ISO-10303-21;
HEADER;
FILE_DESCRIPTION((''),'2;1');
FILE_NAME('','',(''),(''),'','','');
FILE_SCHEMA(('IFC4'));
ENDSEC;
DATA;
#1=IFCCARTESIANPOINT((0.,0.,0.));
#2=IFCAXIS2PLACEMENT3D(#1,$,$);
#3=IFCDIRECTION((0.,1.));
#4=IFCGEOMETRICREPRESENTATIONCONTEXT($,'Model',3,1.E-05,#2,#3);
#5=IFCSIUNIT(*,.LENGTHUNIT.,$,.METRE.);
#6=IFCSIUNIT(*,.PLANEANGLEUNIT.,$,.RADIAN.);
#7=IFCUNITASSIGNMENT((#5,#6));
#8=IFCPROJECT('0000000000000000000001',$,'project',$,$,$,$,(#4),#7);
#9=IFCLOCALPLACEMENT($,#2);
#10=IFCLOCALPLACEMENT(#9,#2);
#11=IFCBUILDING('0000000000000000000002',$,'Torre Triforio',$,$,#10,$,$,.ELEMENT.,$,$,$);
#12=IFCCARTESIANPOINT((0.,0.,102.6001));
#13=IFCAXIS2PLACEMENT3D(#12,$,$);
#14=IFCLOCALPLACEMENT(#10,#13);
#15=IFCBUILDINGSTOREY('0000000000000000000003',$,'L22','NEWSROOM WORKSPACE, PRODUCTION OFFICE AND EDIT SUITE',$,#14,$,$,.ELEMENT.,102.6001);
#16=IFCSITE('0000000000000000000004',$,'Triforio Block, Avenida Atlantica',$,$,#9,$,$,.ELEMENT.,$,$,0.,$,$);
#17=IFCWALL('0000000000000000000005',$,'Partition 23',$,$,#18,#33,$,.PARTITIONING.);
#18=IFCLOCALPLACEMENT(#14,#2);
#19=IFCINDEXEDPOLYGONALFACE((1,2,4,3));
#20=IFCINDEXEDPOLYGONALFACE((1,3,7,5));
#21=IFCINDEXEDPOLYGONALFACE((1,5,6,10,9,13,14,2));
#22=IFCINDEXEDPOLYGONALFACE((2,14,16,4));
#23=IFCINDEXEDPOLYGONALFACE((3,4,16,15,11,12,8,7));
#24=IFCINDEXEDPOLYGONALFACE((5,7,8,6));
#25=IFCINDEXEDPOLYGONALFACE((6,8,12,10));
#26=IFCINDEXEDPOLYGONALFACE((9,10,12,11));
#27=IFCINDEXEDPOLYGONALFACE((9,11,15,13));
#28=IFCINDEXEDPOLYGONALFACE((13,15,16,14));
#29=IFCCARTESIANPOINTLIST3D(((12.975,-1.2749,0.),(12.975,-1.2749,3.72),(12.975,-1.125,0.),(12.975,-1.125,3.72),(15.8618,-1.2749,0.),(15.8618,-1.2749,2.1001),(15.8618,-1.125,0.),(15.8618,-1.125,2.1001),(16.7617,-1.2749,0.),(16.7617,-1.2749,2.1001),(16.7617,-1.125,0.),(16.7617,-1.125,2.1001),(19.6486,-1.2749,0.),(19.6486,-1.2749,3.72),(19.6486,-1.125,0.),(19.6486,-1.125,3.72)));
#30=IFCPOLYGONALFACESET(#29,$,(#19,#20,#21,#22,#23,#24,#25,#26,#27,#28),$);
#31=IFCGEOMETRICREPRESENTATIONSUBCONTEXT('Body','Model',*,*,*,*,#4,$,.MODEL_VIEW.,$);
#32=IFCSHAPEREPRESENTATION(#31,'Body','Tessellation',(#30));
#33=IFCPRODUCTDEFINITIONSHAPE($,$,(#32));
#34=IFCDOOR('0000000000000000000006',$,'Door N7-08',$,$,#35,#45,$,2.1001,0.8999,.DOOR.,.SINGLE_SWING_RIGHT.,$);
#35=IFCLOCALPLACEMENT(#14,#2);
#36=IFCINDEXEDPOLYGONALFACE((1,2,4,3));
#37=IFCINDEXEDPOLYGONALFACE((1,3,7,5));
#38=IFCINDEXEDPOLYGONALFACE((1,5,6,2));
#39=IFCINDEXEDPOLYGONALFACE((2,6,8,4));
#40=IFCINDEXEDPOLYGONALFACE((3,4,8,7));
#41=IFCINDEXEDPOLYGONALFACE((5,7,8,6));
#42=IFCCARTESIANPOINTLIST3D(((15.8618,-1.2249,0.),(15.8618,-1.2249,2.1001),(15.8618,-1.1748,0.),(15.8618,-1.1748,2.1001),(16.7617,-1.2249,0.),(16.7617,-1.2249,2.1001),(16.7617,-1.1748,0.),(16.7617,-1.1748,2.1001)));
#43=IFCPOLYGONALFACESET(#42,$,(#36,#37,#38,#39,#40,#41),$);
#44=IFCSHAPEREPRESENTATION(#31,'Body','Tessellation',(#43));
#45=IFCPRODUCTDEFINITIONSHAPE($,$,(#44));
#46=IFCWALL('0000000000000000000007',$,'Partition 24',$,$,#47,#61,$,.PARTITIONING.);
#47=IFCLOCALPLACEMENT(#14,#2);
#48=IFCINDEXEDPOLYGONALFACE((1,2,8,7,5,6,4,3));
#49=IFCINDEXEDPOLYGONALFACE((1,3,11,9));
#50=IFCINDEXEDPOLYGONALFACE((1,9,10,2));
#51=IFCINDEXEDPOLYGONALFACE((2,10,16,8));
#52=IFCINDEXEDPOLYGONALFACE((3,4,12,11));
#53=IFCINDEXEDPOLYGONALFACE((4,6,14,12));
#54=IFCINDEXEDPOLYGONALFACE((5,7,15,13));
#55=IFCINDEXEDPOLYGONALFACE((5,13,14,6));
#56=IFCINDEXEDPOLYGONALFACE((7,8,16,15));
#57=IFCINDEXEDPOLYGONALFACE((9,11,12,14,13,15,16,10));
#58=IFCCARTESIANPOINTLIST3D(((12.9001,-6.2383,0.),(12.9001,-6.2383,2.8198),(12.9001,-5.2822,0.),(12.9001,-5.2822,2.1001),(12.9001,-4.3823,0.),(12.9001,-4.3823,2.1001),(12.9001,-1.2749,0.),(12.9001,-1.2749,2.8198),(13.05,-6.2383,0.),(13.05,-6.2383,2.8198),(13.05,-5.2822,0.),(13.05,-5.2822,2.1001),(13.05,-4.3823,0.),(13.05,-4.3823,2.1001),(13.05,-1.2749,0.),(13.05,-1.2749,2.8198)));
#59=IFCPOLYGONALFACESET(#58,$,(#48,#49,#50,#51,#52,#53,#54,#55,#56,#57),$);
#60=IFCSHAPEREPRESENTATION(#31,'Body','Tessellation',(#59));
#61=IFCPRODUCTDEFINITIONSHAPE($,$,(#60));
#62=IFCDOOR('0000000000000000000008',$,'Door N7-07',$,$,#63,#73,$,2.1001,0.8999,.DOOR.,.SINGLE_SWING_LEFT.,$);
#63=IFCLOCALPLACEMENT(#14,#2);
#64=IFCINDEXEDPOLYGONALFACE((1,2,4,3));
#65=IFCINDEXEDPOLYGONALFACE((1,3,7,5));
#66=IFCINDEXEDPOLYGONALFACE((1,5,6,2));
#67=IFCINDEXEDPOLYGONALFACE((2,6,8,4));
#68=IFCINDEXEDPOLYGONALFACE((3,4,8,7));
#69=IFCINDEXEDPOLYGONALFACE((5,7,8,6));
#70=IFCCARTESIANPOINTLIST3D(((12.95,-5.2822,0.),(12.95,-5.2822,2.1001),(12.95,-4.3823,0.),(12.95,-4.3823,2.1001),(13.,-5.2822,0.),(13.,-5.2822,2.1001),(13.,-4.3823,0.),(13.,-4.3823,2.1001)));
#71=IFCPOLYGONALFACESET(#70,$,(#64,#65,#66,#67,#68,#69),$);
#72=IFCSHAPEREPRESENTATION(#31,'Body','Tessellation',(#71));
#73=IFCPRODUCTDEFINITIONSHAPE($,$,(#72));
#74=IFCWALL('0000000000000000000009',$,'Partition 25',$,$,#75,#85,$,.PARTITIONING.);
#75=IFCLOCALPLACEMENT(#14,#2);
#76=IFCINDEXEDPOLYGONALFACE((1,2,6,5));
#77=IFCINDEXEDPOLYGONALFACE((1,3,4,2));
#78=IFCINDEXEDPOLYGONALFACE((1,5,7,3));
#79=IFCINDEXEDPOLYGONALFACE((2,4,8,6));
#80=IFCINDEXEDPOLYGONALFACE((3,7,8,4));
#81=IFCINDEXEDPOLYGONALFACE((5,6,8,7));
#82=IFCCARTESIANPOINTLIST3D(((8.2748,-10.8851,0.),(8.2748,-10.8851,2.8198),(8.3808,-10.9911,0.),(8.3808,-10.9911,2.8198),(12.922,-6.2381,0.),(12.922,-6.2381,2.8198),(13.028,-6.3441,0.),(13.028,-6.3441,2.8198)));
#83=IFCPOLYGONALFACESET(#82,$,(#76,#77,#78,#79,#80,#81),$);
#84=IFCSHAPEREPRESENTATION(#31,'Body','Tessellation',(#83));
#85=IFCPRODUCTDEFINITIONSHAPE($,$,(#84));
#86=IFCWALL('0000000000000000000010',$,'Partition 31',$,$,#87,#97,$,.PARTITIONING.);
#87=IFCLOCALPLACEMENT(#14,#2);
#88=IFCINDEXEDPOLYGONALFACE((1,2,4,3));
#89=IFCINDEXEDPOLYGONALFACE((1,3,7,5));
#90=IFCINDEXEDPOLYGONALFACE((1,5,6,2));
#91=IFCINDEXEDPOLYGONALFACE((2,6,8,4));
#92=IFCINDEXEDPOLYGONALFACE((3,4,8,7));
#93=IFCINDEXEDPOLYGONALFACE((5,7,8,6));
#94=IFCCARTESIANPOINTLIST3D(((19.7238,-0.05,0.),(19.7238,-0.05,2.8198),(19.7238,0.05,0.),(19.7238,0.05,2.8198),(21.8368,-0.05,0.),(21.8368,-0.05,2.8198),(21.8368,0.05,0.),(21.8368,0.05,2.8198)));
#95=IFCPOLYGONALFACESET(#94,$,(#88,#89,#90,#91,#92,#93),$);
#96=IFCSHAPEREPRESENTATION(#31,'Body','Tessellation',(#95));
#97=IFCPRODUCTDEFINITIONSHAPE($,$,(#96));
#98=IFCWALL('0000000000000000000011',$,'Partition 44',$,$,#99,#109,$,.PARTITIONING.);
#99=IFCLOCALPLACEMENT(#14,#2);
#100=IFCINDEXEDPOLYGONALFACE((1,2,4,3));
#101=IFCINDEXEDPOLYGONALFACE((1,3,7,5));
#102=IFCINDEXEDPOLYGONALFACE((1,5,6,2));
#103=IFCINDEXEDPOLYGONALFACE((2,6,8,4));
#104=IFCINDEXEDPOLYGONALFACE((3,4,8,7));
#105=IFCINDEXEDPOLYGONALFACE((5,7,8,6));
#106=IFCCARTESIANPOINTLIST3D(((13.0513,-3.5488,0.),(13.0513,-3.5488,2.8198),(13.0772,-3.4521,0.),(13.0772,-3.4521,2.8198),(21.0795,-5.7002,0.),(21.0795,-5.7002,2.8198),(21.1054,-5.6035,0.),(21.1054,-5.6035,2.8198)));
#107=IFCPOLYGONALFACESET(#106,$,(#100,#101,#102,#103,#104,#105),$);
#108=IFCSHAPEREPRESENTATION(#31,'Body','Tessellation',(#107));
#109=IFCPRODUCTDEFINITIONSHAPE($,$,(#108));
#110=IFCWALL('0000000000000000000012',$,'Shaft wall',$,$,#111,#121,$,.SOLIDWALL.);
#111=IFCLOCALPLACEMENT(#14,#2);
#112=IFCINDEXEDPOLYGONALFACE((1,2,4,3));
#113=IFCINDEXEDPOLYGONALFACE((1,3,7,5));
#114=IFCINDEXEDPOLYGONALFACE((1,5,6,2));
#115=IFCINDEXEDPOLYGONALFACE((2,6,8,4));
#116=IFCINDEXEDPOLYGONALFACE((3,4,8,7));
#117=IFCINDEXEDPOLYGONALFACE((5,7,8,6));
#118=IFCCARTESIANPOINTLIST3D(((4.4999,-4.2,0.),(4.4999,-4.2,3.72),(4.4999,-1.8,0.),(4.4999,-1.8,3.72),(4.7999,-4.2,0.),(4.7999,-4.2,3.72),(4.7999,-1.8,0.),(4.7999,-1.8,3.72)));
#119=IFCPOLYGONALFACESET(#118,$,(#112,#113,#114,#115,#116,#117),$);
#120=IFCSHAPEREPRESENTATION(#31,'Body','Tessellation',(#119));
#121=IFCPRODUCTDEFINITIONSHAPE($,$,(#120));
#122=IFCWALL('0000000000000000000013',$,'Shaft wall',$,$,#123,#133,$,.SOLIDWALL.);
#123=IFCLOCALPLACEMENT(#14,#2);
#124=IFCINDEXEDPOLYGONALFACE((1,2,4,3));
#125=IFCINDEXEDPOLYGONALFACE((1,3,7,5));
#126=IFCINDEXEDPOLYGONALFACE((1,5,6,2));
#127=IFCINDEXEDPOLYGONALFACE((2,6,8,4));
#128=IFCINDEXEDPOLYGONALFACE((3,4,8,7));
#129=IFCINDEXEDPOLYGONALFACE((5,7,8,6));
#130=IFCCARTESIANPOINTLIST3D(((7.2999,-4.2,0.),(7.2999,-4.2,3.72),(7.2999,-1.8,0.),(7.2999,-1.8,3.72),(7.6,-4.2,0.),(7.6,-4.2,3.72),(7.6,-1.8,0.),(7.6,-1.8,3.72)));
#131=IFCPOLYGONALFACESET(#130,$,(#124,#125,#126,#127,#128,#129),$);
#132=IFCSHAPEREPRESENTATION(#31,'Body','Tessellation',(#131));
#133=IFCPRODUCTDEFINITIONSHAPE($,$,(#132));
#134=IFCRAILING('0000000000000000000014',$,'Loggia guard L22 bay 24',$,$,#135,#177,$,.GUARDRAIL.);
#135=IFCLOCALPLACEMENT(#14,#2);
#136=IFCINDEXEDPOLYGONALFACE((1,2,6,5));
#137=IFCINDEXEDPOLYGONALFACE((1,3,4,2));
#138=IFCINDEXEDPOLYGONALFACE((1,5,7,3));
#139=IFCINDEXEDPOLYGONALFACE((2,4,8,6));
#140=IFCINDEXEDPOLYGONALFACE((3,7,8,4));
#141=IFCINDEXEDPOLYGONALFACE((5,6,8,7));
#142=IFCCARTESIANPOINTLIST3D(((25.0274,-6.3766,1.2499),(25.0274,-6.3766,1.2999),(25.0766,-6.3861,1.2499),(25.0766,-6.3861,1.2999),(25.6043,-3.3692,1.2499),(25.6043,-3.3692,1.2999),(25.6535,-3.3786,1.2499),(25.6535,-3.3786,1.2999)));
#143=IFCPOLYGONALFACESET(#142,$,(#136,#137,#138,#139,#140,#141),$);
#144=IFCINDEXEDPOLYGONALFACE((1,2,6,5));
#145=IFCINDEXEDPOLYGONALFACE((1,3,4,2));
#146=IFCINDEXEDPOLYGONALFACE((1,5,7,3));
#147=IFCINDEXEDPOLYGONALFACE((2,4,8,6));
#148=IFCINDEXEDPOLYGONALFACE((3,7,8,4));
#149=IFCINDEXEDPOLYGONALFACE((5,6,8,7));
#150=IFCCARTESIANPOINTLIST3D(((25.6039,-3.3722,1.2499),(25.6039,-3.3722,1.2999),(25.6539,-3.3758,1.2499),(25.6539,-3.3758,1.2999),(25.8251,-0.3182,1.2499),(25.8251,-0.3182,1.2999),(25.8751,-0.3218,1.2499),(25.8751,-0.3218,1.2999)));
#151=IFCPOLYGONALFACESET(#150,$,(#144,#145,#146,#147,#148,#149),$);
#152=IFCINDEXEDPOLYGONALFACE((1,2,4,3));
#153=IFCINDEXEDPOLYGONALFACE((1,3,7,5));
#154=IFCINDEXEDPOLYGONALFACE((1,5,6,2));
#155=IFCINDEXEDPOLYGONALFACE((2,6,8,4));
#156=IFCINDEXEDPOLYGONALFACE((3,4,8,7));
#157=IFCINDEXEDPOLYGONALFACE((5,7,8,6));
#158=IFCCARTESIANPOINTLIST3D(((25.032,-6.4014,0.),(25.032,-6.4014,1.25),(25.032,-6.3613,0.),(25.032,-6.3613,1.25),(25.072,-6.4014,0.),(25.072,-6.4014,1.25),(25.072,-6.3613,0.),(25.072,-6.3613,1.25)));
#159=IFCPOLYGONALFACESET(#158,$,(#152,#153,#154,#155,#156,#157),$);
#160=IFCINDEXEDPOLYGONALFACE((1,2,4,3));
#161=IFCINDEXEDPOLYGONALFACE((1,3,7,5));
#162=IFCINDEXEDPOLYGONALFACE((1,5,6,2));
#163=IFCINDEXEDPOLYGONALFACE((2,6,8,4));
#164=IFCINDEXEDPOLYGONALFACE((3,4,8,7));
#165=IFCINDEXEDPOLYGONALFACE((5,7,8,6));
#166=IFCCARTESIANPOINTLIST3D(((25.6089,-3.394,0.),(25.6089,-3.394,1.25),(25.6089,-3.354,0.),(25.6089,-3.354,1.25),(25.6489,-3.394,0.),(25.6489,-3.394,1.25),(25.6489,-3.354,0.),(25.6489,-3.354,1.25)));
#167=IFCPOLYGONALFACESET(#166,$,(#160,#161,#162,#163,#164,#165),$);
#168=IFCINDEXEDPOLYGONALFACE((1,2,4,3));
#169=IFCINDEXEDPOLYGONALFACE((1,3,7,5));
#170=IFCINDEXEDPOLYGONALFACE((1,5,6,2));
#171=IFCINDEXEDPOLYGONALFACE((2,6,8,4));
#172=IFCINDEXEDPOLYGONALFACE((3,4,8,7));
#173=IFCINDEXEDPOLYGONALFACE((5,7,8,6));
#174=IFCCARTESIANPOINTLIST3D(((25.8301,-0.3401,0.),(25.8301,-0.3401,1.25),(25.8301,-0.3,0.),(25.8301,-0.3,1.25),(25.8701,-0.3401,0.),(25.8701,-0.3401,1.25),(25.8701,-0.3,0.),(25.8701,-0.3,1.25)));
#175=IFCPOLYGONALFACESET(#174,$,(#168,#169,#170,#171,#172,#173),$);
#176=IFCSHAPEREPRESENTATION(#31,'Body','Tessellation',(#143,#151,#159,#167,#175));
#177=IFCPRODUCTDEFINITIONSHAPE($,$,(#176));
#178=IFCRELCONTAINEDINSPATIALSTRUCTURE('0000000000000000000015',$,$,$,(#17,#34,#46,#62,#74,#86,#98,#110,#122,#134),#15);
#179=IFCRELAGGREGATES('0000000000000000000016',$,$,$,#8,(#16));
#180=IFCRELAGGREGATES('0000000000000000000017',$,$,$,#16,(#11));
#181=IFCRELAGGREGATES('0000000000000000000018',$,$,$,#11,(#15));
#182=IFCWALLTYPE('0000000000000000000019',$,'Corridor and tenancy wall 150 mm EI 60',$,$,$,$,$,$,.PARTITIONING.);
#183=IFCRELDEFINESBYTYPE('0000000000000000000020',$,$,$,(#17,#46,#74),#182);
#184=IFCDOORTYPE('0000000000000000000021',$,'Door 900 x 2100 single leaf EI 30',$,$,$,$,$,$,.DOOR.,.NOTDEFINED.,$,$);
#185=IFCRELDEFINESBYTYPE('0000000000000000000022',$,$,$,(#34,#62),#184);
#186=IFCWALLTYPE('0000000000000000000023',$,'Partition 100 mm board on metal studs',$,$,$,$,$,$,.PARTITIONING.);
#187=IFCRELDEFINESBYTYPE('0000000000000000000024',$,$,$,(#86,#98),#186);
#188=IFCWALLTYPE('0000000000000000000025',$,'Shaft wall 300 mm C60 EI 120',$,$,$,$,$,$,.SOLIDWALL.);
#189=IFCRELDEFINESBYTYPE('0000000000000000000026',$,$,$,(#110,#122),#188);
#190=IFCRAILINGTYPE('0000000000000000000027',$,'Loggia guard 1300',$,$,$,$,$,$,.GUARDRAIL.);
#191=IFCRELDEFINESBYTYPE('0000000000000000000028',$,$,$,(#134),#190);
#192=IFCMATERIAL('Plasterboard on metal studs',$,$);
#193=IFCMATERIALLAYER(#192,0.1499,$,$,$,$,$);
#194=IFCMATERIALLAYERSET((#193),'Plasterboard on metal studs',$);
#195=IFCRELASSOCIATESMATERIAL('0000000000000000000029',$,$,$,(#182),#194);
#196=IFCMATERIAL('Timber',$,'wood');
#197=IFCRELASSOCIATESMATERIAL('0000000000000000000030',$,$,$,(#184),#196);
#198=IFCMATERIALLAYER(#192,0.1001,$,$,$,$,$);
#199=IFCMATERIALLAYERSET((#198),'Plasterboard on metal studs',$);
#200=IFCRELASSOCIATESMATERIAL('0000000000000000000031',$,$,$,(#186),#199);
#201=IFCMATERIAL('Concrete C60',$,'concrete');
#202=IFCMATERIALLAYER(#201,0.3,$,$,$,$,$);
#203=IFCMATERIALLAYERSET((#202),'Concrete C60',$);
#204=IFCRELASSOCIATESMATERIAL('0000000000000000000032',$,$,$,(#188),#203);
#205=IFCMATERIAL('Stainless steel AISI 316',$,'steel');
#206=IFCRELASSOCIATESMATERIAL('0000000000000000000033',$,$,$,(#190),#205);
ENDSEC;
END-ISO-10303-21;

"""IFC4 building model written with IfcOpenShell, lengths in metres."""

from ifc_helpers import new_model, si_unit, direction, frame, frame_2d, origin, origin_2d, place, context, subcontext, project, spatial, rectangle, extrude, material, layer, layer_set, type_object, element, fill, save


model = new_model("IFC4")

# Units and contexts
model_context = context("Model", 3, precision=1e-05, world=origin(), true_north=direction((0.0, 1.0)))
body_context = subcontext(model_context, "Body", "Model", "MODEL_VIEW")
ifc_project = project(units=[si_unit("LENGTHUNIT", "METRE"), si_unit("PLANEANGLEUNIT", "RADIAN")], contexts=[model_context])

# Site, building, storey
site_placement = place(None, origin())
site = spatial("IfcSite", under=ifc_project, at=site_placement, Name="Triforio Block, Avenida Atlantica", CompositionType="ELEMENT", RefElevation=0.0)
building_placement = place(site_placement, origin())
building = spatial("IfcBuilding", under=site, at=building_placement, Name="Torre Triforio", CompositionType="ELEMENT")
storey_placement = place(building_placement, frame((0.0, 0.0, 102.6001)))
storey = spatial("IfcBuildingStorey", under=building, at=storey_placement, Name="L22", Description="NEWSROOM WORKSPACE, PRODUCTION OFFICE AND EDIT SUITE", CompositionType="ELEMENT", Elevation=102.6001)

# Shared definitions
ifc_material_1 = material(Name="Concrete C60", Category="concrete")

# Walls, openings, doors
ifc_material_2 = material(Name="Plasterboard on metal studs")
ifc_layer_1 = layer(ifc_material_2, 0.1499)
ifc_layer_set_1 = layer_set([ifc_layer_1], Name="Plasterboard on metal studs")
wall_type_1 = type_object("IfcWallType", Name="Corridor and tenancy wall 150 mm EI 60", PredefinedType="PARTITIONING", material=ifc_layer_set_1)
wall_1_placement = place(storey_placement, frame((19.6487, -1.2, 0.0), z_axis=(0.0, 0.0, 1.0), x_axis=(-1.0, 0.0, 0.0)))
wall_1 = element("IfcWall", 1, at=wall_1_placement, inside=storey, type_object=wall_type_1, Name="Partition 23", PredefinedType="PARTITIONING", context=body_context, shape_type="SweptSolid", body=[
    extrude(rectangle(XDim=6.6736, YDim=0.1499, at=frame_2d((3.3369, 0.0))), origin(), (0.0, 0.0, 1.0), 3.72),
])
opening_1_placement = place(wall_1_placement, frame((2.887, 0.0, 0.0)))
opening_1 = element("IfcOpeningElement", 2, at=opening_1_placement, cuts=wall_1, PredefinedType="OPENING", context=body_context, shape_type="SweptSolid", body=[
    extrude(rectangle(XDim=0.8999, YDim=2.1001, at=frame_2d((0.45, 1.05))), frame((0.0, 0.085, 0.0), z_axis=(0.0, -1.0, 0.0), x_axis=(1.0, 0.0, 0.0)), (0.0, 0.0, 1.0), 0.1699),
])
ifc_material_3 = material(Name="Timber", Category="wood")
door_type_1 = type_object("IfcDoorType", Name="Door 900 x 2100 single leaf EI 30", OperationType="NOTDEFINED", PredefinedType="DOOR", material=ifc_material_3)
door_1_placement = place(opening_1_placement, origin())
door_1 = element("IfcDoor", 3, at=door_1_placement, inside=storey, type_object=door_type_1, Name="Door N7-08", OperationType="SINGLE_SWING_RIGHT", OverallHeight=2.1001, OverallWidth=0.8999, PredefinedType="DOOR", context=body_context, shape_type="SweptSolid", body=[
    extrude(rectangle(XDim=0.8999, YDim=2.1001, at=frame_2d((0.45, 1.05))), frame((0.0, 0.0249, 0.0), z_axis=(0.0, -1.0, 0.0), x_axis=(1.0, 0.0, 0.0)), (0.0, 0.0, 1.0), 0.05),
])
fill(opening_1, door_1)
wall_2_placement = place(storey_placement, frame((12.9751, -1.2749, 0.0), z_axis=(0.0, 0.0, 1.0), x_axis=(0.0, -1.0, 0.0)))
wall_2 = element("IfcWall", 4, at=wall_2_placement, inside=storey, type_object=wall_type_1, Name="Partition 24", PredefinedType="PARTITIONING", context=body_context, shape_type="SweptSolid", body=[
    extrude(rectangle(XDim=4.9634, YDim=0.1499, at=frame_2d((2.4817, 0.0))), origin(), (0.0, 0.0, 1.0), 2.8198),
])
opening_2_placement = place(wall_2_placement, frame((3.1074, 0.0, 0.0)))
opening_2 = element("IfcOpeningElement", 5, at=opening_2_placement, cuts=wall_2, PredefinedType="OPENING", context=body_context, shape_type="SweptSolid", body=[
    extrude(rectangle(XDim=0.8999, YDim=2.1001, at=frame_2d((0.45, 1.05))), frame((0.0, 0.085, 0.0), z_axis=(0.0, -1.0, 0.0), x_axis=(1.0, 0.0, 0.0)), (0.0, 0.0, 1.0), 0.1699),
])
door_2_placement = place(opening_2_placement, origin())
door_2 = element("IfcDoor", 6, at=door_2_placement, inside=storey, type_object=door_type_1, Name="Door N7-07", OperationType="SINGLE_SWING_LEFT", OverallHeight=2.1001, OverallWidth=0.8999, PredefinedType="DOOR", context=body_context, shape_type="SweptSolid", body=[
    extrude(rectangle(XDim=0.8999, YDim=2.1001, at=frame_2d((0.45, 1.05))), frame((0.0, 0.0249, 0.0), z_axis=(0.0, -1.0, 0.0), x_axis=(1.0, 0.0, 0.0)), (0.0, 0.0, 1.0), 0.05),
])
fill(opening_2, door_2)

# Walls
wall_3_placement = place(storey_placement, frame((12.9751, -6.291, 0.0), z_axis=(0.0, 0.0, 1.0), x_axis=(-0.707125, -0.707088, 0.0)))
element("IfcWall", 7, at=wall_3_placement, inside=storey, type_object=wall_type_1, Name="Partition 25", PredefinedType="PARTITIONING", context=body_context, shape_type="SweptSolid", body=[
    extrude(rectangle(XDim=6.572, YDim=0.1499, at=frame_2d((3.2861, 0.0))), origin(), (0.0, 0.0, 1.0), 2.8198),
])
ifc_layer_2 = layer(ifc_material_2, 0.1001)
ifc_layer_set_2 = layer_set([ifc_layer_2], Name="Plasterboard on metal studs")
wall_type_2 = type_object("IfcWallType", Name="Partition 100 mm board on metal studs", PredefinedType="PARTITIONING", material=ifc_layer_set_2)
wall_4_placement = place(storey_placement, frame((19.7236, 0.0, 0.0), z_axis=(0.0, 0.0, 1.0), x_axis=(1.0, 0.0, 0.0)))
element("IfcWall", 8, at=wall_4_placement, inside=storey, type_object=wall_type_2, Name="Partition 31", PredefinedType="PARTITIONING", context=body_context, shape_type="SweptSolid", body=[
    extrude(rectangle(XDim=2.113, YDim=0.1001, at=frame_2d((1.0566, 0.0))), origin(), (0.0, 0.0, 1.0), 2.8198),
])
wall_5_placement = place(storey_placement, frame((13.0642, -3.5005, 0.0), z_axis=(0.0, 0.0, 1.0), x_axis=(0.96592, -0.25884, 0.0)))
element("IfcWall", 9, at=wall_5_placement, inside=storey, type_object=wall_type_2, Name="Partition 44", PredefinedType="PARTITIONING", context=body_context, shape_type="SweptSolid", body=[
    extrude(rectangle(XDim=8.3115, YDim=0.1001, at=frame_2d((4.1558, 0.0))), origin(), (0.0, 0.0, 1.0), 2.8198),
])
ifc_layer_3 = layer(ifc_material_1, 0.3)
ifc_layer_set_3 = layer_set([ifc_layer_3], Name="Concrete C60")
wall_type_3 = type_object("IfcWallType", Name="Shaft wall 300 mm C60 EI 120", PredefinedType="SOLIDWALL", material=ifc_layer_set_3)
for number, where, z_axis, x_axis, name in (
    (10, (4.6499, -4.2, 0.0), (0.0, 0.0, 1.0), (0.0, 1.0, 0.0), "Shaft wall"),
    (11, (7.45, -4.2, 0.0), (0.0, 0.0, 1.0), (0.0, 1.0, 0.0), "Shaft wall"),
):
    element("IfcWall", number, at=place(storey_placement, frame(where, z_axis=z_axis, x_axis=x_axis)), inside=storey, type_object=wall_type_3, Name=name, PredefinedType="SOLIDWALL", context=body_context, shape_type="SweptSolid", body=[
        extrude(rectangle(XDim=2.3999, YDim=0.3, at=frame_2d((1.2, 0.0))), origin(), (0.0, 0.0, 1.0), 3.72),
    ])

# Railing
ifc_material_4 = material(Name="Stainless steel AISI 316", Category="steel")
railing_type = type_object("IfcRailingType", Name="Loggia guard 1300", PredefinedType="GUARDRAIL", material=ifc_material_4)
railing_placement = place(storey_placement, frame((25.052, -6.3813, 0.0)))
element("IfcRailing", 12, at=railing_placement, inside=storey, type_object=railing_type, Name="Loggia guard L22 bay 24", PredefinedType="GUARDRAIL", context=body_context, shape_type="SweptSolid", body=[
    extrude(rectangle(XDim=0.05, YDim=0.05, at=origin_2d()), frame((0.0, 0.0, 1.2749), z_axis=(0.188398, 0.982093, 0.0), x_axis=(-0.982093, 0.188398, 0.0)), (0.0, 0.0, 1.0), 3.0623),
    extrude(rectangle(XDim=0.05, YDim=0.05, at=origin_2d()), frame((0.5769, 3.0073, 1.2749), z_axis=(0.072239, 0.997387, 0.0), x_axis=(-0.997387, 0.072239, 0.0)), (0.0, 0.0, 1.0), 3.062),
    extrude(rectangle(XDim=0.04, YDim=0.04, at=origin_2d()), origin(), (0.0, 0.0, 1.0), 1.25),
    extrude(rectangle(XDim=0.04, YDim=0.04, at=origin_2d()), frame((0.5769, 3.0073, 0.0)), (0.0, 0.0, 1.0), 1.25),
    extrude(rectangle(XDim=0.04, YDim=0.04, at=origin_2d()), frame((0.7981, 6.0613, 0.0)), (0.0, 0.0, 1.0), 1.25),
])

save(model, "model.ifc")
